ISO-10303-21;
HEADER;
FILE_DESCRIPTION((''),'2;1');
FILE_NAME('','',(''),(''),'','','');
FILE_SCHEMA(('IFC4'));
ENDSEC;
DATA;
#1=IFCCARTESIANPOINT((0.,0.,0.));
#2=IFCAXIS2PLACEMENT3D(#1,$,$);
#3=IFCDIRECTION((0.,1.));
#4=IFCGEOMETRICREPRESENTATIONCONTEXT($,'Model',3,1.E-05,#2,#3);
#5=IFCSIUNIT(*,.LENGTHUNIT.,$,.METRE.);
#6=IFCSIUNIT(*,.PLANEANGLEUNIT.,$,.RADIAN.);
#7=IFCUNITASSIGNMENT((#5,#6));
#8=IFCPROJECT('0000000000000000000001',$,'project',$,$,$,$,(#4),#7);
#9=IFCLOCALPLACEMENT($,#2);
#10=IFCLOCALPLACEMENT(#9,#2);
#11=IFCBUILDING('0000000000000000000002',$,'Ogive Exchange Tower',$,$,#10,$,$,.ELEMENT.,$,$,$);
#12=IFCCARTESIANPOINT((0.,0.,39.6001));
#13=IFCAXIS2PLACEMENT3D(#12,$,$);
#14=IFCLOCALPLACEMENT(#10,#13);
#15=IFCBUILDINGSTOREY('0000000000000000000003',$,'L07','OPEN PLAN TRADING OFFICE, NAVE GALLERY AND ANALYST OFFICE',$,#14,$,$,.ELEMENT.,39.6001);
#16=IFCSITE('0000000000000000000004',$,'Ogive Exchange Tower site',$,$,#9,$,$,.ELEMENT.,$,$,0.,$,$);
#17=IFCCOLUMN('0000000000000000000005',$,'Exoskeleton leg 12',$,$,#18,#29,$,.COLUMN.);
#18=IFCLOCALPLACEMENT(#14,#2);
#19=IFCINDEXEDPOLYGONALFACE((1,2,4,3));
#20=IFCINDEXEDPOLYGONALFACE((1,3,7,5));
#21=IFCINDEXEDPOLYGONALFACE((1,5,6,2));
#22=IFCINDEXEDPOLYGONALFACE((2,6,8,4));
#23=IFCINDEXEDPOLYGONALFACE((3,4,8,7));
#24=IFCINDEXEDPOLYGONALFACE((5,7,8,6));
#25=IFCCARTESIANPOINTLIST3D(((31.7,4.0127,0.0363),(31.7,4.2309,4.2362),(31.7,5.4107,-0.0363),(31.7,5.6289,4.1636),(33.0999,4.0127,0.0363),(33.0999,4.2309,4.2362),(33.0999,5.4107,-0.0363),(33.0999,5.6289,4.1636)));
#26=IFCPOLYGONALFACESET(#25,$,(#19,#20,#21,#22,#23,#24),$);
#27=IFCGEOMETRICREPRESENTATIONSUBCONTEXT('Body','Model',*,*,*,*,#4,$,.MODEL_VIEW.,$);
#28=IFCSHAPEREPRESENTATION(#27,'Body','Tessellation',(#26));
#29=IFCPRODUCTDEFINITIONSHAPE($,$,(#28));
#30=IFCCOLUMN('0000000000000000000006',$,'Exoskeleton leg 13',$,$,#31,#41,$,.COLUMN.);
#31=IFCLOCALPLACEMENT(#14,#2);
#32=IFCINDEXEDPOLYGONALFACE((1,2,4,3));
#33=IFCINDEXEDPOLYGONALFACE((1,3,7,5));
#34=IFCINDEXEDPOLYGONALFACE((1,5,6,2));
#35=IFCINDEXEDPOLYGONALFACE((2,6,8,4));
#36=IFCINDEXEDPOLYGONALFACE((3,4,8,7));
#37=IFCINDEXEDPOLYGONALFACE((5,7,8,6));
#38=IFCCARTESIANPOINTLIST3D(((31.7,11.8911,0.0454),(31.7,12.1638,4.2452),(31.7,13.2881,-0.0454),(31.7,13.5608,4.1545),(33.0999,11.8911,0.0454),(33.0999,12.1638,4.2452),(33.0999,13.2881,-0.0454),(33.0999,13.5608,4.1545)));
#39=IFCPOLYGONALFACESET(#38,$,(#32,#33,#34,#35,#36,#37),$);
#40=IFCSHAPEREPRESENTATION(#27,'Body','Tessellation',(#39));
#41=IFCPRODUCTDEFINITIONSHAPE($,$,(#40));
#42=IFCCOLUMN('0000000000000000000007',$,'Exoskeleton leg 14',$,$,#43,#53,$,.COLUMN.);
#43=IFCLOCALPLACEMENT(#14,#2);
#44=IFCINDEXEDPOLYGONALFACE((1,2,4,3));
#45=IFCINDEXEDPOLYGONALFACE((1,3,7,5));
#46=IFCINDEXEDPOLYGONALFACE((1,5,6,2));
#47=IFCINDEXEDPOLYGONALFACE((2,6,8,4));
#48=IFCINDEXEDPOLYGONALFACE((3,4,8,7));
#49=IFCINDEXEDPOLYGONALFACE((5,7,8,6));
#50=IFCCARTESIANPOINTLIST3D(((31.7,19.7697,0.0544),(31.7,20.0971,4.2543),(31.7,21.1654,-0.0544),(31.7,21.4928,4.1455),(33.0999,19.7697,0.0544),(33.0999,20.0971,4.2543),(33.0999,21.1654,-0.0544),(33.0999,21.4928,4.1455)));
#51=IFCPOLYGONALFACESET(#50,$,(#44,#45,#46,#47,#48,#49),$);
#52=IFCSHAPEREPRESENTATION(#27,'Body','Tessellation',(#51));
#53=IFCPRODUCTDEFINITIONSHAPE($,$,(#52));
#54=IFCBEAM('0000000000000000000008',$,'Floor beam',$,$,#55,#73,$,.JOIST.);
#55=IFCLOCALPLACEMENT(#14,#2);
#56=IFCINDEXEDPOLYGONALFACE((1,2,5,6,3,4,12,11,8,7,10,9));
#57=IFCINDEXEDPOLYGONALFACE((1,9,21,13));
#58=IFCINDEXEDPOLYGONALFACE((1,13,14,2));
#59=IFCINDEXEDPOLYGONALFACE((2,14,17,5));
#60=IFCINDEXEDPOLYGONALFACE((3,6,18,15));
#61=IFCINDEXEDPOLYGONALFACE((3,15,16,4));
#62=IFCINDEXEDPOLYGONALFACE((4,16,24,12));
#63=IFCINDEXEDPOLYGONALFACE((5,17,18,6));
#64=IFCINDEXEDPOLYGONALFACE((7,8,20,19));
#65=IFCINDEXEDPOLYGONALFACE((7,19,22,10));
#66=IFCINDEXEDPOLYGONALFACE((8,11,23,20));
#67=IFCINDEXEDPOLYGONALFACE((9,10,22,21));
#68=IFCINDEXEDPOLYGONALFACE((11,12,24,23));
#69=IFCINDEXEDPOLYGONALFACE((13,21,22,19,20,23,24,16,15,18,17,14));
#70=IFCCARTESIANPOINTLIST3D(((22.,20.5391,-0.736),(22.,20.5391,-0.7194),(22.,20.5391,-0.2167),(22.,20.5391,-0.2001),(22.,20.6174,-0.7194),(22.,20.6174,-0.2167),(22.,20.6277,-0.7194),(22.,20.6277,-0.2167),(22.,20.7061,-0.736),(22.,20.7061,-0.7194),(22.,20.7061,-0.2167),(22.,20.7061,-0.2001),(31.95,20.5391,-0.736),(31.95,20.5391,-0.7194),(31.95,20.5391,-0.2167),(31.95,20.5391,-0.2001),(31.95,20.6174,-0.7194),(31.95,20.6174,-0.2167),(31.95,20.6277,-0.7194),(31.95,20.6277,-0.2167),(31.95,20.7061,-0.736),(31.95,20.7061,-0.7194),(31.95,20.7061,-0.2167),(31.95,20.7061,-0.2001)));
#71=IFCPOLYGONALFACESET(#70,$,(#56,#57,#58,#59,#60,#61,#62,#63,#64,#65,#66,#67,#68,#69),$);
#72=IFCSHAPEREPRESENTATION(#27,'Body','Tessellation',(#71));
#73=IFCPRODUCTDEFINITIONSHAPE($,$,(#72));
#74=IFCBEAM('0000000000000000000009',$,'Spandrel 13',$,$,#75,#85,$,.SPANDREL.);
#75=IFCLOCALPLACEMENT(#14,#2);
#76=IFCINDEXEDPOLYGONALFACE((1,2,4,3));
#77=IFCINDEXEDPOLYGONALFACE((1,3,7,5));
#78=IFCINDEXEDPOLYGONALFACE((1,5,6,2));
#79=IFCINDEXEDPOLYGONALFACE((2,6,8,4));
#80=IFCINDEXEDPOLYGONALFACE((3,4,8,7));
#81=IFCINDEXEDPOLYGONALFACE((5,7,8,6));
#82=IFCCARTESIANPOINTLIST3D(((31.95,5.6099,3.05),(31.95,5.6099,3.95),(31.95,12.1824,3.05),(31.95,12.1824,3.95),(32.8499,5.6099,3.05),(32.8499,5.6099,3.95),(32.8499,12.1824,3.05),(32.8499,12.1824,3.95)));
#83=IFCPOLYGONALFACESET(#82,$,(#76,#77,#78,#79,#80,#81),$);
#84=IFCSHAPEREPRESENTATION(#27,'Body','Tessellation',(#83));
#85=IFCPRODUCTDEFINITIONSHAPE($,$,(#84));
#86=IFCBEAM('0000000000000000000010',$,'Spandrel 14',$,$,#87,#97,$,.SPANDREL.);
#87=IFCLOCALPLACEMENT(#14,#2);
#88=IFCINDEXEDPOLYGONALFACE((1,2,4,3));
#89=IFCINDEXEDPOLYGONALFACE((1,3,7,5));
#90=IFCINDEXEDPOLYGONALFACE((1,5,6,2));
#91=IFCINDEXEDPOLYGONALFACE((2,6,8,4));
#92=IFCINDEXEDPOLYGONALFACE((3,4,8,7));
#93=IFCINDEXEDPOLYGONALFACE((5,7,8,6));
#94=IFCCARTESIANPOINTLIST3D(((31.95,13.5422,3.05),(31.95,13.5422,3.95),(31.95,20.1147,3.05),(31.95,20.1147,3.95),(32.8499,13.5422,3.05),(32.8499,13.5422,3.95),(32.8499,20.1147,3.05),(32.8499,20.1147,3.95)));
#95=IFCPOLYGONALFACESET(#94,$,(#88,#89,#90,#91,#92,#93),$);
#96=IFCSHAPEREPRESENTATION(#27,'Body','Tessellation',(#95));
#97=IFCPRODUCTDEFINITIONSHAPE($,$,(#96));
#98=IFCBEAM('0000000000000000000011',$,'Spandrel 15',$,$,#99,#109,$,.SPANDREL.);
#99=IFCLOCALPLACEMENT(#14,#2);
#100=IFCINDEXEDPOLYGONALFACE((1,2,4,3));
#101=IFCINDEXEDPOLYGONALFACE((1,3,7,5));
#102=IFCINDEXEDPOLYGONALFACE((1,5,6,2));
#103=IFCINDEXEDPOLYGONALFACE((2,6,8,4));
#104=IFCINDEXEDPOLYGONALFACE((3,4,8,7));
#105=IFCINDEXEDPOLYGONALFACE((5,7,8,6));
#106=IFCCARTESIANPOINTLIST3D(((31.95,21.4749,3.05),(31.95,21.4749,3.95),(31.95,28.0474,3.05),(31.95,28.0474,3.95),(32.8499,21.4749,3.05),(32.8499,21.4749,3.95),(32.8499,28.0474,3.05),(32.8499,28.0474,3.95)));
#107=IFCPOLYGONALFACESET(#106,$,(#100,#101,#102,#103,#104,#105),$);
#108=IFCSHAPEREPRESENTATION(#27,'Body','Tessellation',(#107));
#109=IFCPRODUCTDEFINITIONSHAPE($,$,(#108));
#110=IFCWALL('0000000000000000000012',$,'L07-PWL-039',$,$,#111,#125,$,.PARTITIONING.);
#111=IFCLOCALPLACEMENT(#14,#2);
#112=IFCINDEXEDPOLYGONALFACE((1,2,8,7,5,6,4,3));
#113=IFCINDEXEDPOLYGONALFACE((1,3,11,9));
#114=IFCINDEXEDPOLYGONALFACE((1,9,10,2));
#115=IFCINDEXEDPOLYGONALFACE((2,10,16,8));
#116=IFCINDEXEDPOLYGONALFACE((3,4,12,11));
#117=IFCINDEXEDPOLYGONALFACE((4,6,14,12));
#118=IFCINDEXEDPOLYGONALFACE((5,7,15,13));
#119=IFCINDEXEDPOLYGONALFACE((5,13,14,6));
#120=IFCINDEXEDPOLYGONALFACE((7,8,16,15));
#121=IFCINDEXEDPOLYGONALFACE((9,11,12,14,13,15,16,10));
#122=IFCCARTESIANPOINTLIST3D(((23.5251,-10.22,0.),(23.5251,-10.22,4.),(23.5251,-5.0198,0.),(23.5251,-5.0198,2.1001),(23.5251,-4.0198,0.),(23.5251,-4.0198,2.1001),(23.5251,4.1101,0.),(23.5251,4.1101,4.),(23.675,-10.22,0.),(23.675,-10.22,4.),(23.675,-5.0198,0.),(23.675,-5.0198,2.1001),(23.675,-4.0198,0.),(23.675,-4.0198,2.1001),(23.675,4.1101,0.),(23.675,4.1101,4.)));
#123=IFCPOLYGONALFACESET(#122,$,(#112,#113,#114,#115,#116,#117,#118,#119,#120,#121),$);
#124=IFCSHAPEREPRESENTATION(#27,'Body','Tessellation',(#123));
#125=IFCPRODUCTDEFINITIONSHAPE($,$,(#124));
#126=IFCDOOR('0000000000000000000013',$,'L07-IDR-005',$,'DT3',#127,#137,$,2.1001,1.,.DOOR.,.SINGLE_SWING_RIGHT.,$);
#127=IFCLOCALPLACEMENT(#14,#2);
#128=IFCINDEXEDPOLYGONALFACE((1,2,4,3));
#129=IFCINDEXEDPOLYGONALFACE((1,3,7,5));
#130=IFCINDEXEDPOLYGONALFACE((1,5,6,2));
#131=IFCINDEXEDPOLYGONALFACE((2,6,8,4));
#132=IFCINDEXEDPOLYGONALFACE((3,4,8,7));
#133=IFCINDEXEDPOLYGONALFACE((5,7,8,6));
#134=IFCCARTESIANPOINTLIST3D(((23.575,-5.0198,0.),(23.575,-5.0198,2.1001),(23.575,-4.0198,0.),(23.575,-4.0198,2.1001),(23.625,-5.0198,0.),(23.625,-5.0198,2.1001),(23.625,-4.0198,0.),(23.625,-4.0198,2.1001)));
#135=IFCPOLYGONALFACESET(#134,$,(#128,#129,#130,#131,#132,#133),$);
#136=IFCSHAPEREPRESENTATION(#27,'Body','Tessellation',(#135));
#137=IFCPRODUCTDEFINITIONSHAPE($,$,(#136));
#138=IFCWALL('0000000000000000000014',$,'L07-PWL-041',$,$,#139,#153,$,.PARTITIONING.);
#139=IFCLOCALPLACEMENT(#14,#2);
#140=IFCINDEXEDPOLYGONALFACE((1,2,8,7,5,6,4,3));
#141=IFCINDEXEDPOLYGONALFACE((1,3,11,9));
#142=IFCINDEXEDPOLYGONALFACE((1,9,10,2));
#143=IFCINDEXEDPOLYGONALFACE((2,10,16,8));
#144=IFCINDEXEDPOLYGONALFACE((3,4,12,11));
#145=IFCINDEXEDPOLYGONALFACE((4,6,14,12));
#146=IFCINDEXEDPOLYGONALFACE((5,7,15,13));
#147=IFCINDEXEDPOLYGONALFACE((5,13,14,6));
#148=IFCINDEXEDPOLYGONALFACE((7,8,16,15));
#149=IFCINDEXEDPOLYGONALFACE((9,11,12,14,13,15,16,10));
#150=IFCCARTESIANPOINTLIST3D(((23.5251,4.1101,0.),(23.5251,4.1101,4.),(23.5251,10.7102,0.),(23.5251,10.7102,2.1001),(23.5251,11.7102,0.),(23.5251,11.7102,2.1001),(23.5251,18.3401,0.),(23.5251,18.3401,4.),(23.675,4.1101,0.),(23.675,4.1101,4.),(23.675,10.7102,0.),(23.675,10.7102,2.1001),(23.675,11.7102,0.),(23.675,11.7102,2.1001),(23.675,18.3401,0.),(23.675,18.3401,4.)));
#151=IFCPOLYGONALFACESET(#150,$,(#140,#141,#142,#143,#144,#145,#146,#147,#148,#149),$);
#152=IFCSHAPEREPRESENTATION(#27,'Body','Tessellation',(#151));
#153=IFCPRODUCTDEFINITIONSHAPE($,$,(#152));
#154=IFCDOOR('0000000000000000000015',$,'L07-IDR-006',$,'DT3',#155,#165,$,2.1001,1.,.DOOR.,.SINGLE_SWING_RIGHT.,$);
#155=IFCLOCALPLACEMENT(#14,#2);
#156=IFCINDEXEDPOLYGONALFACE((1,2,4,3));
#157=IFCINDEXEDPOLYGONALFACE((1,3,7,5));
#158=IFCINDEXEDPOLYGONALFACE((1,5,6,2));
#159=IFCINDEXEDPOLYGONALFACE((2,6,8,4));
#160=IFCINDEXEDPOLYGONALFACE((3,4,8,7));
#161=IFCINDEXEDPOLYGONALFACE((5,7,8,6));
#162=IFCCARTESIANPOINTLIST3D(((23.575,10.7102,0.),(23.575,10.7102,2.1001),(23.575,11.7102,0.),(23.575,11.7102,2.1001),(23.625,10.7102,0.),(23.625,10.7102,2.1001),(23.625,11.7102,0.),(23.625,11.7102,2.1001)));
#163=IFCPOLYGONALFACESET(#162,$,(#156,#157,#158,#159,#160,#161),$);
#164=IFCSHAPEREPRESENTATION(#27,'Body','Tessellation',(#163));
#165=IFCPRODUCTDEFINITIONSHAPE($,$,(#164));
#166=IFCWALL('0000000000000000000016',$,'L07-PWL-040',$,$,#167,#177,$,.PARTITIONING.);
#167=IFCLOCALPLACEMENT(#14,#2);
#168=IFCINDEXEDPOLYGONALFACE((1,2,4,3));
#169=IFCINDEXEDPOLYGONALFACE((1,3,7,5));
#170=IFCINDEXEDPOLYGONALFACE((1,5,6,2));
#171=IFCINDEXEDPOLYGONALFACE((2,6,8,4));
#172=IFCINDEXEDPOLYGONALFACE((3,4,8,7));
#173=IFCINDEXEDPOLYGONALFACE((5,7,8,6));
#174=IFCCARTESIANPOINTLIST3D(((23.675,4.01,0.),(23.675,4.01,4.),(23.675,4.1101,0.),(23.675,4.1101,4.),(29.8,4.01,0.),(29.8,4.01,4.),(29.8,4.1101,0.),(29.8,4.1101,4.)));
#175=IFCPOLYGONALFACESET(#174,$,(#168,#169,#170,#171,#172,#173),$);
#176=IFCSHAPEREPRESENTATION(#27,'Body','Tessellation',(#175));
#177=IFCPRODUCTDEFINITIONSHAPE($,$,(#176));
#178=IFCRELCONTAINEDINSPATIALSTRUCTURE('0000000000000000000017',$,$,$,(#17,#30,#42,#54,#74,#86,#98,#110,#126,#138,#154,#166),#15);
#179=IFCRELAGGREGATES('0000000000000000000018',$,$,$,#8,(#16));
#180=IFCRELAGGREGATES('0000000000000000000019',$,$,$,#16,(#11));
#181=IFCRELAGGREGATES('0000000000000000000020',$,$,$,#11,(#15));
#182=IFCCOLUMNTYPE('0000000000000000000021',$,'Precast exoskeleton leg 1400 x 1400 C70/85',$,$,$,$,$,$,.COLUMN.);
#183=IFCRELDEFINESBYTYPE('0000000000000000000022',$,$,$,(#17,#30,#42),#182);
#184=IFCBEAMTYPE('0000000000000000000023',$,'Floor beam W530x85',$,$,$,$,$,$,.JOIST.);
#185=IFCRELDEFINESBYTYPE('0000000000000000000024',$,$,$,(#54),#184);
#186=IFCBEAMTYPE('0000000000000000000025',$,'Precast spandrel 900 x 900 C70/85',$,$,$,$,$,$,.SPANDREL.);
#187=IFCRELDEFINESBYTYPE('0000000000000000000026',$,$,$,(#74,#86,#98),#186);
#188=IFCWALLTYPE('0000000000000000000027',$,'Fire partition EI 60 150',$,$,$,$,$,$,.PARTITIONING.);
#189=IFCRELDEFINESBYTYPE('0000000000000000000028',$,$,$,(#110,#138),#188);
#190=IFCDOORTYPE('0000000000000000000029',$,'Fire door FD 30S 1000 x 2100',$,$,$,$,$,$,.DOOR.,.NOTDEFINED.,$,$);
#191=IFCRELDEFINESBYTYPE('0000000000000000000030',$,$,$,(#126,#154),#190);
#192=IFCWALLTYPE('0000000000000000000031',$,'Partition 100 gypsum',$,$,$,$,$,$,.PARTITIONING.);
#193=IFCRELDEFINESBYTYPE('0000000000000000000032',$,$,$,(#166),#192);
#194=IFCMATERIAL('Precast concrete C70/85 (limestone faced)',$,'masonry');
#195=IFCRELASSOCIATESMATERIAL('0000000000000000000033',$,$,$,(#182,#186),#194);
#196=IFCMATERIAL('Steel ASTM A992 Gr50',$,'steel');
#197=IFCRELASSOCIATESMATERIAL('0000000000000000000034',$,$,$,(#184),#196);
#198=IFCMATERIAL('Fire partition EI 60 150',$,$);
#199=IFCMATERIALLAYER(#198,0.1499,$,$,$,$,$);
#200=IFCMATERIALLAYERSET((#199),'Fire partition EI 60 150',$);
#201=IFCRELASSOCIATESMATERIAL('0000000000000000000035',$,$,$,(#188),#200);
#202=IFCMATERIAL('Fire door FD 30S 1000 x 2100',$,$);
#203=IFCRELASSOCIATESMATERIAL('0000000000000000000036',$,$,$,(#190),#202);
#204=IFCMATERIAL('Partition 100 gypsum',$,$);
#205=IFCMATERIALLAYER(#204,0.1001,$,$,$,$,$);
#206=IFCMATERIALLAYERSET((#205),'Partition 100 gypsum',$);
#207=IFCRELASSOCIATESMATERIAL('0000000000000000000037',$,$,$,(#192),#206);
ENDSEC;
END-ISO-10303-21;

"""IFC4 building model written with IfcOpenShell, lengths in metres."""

from ifc_helpers import new_model, si_unit, direction, frame, frame_2d, origin, origin_2d, place, context, subcontext, project, spatial, rectangle, i_section, extrude, material, layer, layer_set, material_profile, profile_set, type_object, element, fill, save


model = new_model("IFC4")

# Units and contexts
model_context = context("Model", 3, precision=1e-05, world=origin(), true_north=direction((0.0, 1.0)))
body_context = subcontext(model_context, "Body", "Model", "MODEL_VIEW")
ifc_project = project(units=[si_unit("LENGTHUNIT", "METRE"), si_unit("PLANEANGLEUNIT", "RADIAN")], contexts=[model_context])

# Site, building, storey
site_placement = place(None, origin())
site = spatial("IfcSite", under=ifc_project, at=site_placement, Name="Ogive Exchange Tower site", CompositionType="ELEMENT", RefElevation=0.0)
building_placement = place(site_placement, origin())
building = spatial("IfcBuilding", under=site, at=building_placement, Name="Ogive Exchange Tower", CompositionType="ELEMENT")
storey_placement = place(building_placement, frame((0.0, 0.0, 39.6001)))
storey = spatial("IfcBuildingStorey", under=building, at=storey_placement, Name="L07", Description="OPEN PLAN TRADING OFFICE, NAVE GALLERY AND ANALYST OFFICE", CompositionType="ELEMENT", Elevation=39.6001)

# Columns
ifc_material_1 = material(Name="Precast concrete C70/85 (limestone faced)", Category="masonry")
ifc_material_profile_1 = material_profile(ifc_material_1, rectangle(XDim=1.3999, YDim=1.3999, at=origin_2d()), Name="1400 x 1400")
ifc_profile_set_1 = profile_set([ifc_material_profile_1], Name="Precast concrete C70/85 (limestone faced)")
column_type = type_object("IfcColumnType", Name="Precast exoskeleton leg 1400 x 1400 C70/85", PredefinedType="COLUMN", material=ifc_profile_set_1)
column_1_placement = place(storey_placement, frame((32.3999, 4.7117, 0.0), z_axis=(0.0, 0.051898, 0.998652), x_axis=(-1.0, 0.0, 0.0)))
element("IfcColumn", 1, at=column_1_placement, inside=storey, type_object=column_type, Name="Exoskeleton leg 12", PredefinedType="COLUMN", context=body_context, shape_type="SweptSolid", body=[
    extrude(rectangle(XDim=1.3999, YDim=1.3999, at=origin_2d()), origin(), (0.0, 0.0, 1.0), 4.2056),
])
column_2_placement = place(storey_placement, frame((32.3999, 12.5896, 0.0), z_axis=(0.0, 0.064794, 0.997899), x_axis=(-1.0, 0.0, 0.0)))
element("IfcColumn", 2, at=column_2_placement, inside=storey, type_object=column_type, Name="Exoskeleton leg 13", PredefinedType="COLUMN", context=body_context, shape_type="SweptSolid", body=[
    extrude(rectangle(XDim=1.3999, YDim=1.3999, at=origin_2d()), origin(), (0.0, 0.0, 1.0), 4.2087),
])
column_3_placement = place(storey_placement, frame((32.3999, 20.4675, 0.0), z_axis=(0.0, 0.077716, 0.996976), x_axis=(-1.0, 0.0, 0.0)))
element("IfcColumn", 3, at=column_3_placement, inside=storey, type_object=column_type, Name="Exoskeleton leg 14", PredefinedType="COLUMN", context=body_context, shape_type="SweptSolid", body=[
    extrude(rectangle(XDim=1.3999, YDim=1.3999, at=origin_2d()), origin(), (0.0, 0.0, 1.0), 4.2126),
])

# Beams
ifc_material_2 = material(Name="Steel ASTM A992 Gr50", Category="steel")
ifc_material_profile_2 = material_profile(ifc_material_2, i_section(OverallWidth=0.167, OverallDepth=0.5359, WebThickness=0.0103, FlangeThickness=0.0166, at=origin_2d()), Name="W530x85")
ifc_profile_set_2 = profile_set([ifc_material_profile_2], Name="Steel ASTM A992 Gr50")
beam_type_1 = type_object("IfcBeamType", Name="Floor beam W530x85", PredefinedType="JOIST", material=ifc_profile_set_2)
beam_placement = place(storey_placement, frame((22.0, 20.6226, -0.468), z_axis=(1.0, 0.0, 0.0), x_axis=(0.0, 1.0, 0.0)))
element("IfcBeam", 4, at=beam_placement, inside=storey, type_object=beam_type_1, Name="Floor beam", PredefinedType="JOIST", context=body_context, shape_type="SweptSolid", body=[
    extrude(i_section(OverallWidth=0.167, OverallDepth=0.5359, WebThickness=0.0103, FlangeThickness=0.0166, at=origin_2d()), origin(), (0.0, 0.0, 1.0), 9.95),
])
ifc_material_profile_3 = material_profile(ifc_material_1, rectangle(XDim=0.8999, YDim=0.8999, at=origin_2d()), Name="900 x 900")
ifc_profile_set_3 = profile_set([ifc_material_profile_3], Name="Precast concrete C70/85 (limestone faced)")
beam_type_2 = type_object("IfcBeamType", Name="Precast spandrel 900 x 900 C70/85", PredefinedType="SPANDREL", material=ifc_profile_set_3)
for number, where, z_axis, x_axis, name in (
    (5, (32.3999, 5.6099, 3.5), (0.0, 1.0, 0.0), (-1.0, 0.0, 0.0), "Spandrel 13"),
    (6, (32.3999, 13.5422, 3.5), (0.0, 1.0, 0.0), (-1.0, 0.0, 0.0), "Spandrel 14"),
    (7, (32.3999, 21.4749, 3.5), (0.0, 1.0, 0.0), (-1.0, 0.0, 0.0), "Spandrel 15"),
):
    element("IfcBeam", number, at=place(storey_placement, frame(where, z_axis=z_axis, x_axis=x_axis)), inside=storey, type_object=beam_type_2, Name=name, PredefinedType="SPANDREL", context=body_context, shape_type="SweptSolid", body=[
        extrude(rectangle(XDim=0.8999, YDim=0.8999, at=origin_2d()), origin(), (0.0, 0.0, 1.0), 6.5725),
    ])

# Walls, openings, doors
ifc_material_3 = material(Name="Fire partition EI 60 150")
ifc_layer_1 = layer(ifc_material_3, 0.1499)
ifc_layer_set_1 = layer_set([ifc_layer_1], Name="Fire partition EI 60 150")
wall_type_1 = type_object("IfcWallType", Name="Fire partition EI 60 150", PredefinedType="PARTITIONING", material=ifc_layer_set_1)
wall_1_placement = place(storey_placement, frame((23.6001, 4.1101, 0.0), z_axis=(0.0, 0.0, 1.0), x_axis=(0.0, -1.0, 0.0)))
wall_1 = element("IfcWall", 8, at=wall_1_placement, inside=storey, type_object=wall_type_1, Name="L07-PWL-039", PredefinedType="PARTITIONING", context=body_context, shape_type="SweptSolid", body=[
    extrude(rectangle(XDim=14.3301, YDim=0.1499, at=frame_2d((7.165, 0.0))), origin(), (0.0, 0.0, 1.0), 4.0),
])
opening_1_placement = place(wall_1_placement, frame((8.1299, 0.0, 0.0)))
opening_1 = element("IfcOpeningElement", 9, at=opening_1_placement, cuts=wall_1, PredefinedType="OPENING", context=body_context, shape_type="SweptSolid", body=[
    extrude(rectangle(XDim=1.0, YDim=2.1001, at=frame_2d((0.5, 1.05))), frame((0.0, 0.085, 0.0), z_axis=(0.0, -1.0, 0.0), x_axis=(1.0, 0.0, 0.0)), (0.0, 0.0, 1.0), 0.1699),
])
ifc_material_4 = material(Name="Fire door FD 30S 1000 x 2100")
door_type = type_object("IfcDoorType", Name="Fire door FD 30S 1000 x 2100", OperationType="NOTDEFINED", PredefinedType="DOOR", material=ifc_material_4)
door_1_placement = place(opening_1_placement, origin())
door_1 = element("IfcDoor", 10, at=door_1_placement, inside=storey, type_object=door_type, Name="L07-IDR-005", ObjectType="DT3", OperationType="SINGLE_SWING_RIGHT", OverallHeight=2.1001, OverallWidth=1.0, PredefinedType="DOOR", context=body_context, shape_type="SweptSolid", body=[
    extrude(rectangle(XDim=1.0, YDim=2.1001, at=frame_2d((0.5, 1.05))), frame((0.0, 0.0249, 0.0), z_axis=(0.0, -1.0, 0.0), x_axis=(1.0, 0.0, 0.0)), (0.0, 0.0, 1.0), 0.05),
])
fill(opening_1, door_1)
wall_2_placement = place(storey_placement, frame((23.6001, 18.3401, 0.0), z_axis=(0.0, 0.0, 1.0), x_axis=(0.0, -1.0, 0.0)))
wall_2 = element("IfcWall", 11, at=wall_2_placement, inside=storey, type_object=wall_type_1, Name="L07-PWL-041", PredefinedType="PARTITIONING", context=body_context, shape_type="SweptSolid", body=[
    extrude(rectangle(XDim=14.23, YDim=0.1499, at=frame_2d((7.115, 0.0))), origin(), (0.0, 0.0, 1.0), 4.0),
])
opening_2_placement = place(wall_2_placement, frame((6.6299, 0.0, 0.0)))
opening_2 = element("IfcOpeningElement", 12, at=opening_2_placement, cuts=wall_2, PredefinedType="OPENING", context=body_context, shape_type="SweptSolid", body=[
    extrude(rectangle(XDim=1.0, YDim=2.1001, at=frame_2d((0.5, 1.05))), frame((0.0, 0.085, 0.0), z_axis=(0.0, -1.0, 0.0), x_axis=(1.0, 0.0, 0.0)), (0.0, 0.0, 1.0), 0.1699),
])
door_2_placement = place(opening_2_placement, origin())
door_2 = element("IfcDoor", 13, at=door_2_placement, inside=storey, type_object=door_type, Name="L07-IDR-006", ObjectType="DT3", OperationType="SINGLE_SWING_RIGHT", OverallHeight=2.1001, OverallWidth=1.0, PredefinedType="DOOR", context=body_context, shape_type="SweptSolid", body=[
    extrude(rectangle(XDim=1.0, YDim=2.1001, at=frame_2d((0.5, 1.05))), frame((0.0, 0.0249, 0.0), z_axis=(0.0, -1.0, 0.0), x_axis=(1.0, 0.0, 0.0)), (0.0, 0.0, 1.0), 0.05),
])
fill(opening_2, door_2)

# Wall
ifc_material_5 = material(Name="Partition 100 gypsum")
ifc_layer_2 = layer(ifc_material_5, 0.1001)
ifc_layer_set_2 = layer_set([ifc_layer_2], Name="Partition 100 gypsum")
wall_type_2 = type_object("IfcWallType", Name="Partition 100 gypsum", PredefinedType="PARTITIONING", material=ifc_layer_set_2)
for number, where, z_axis, x_axis, name in (
    (14, (23.675, 4.0601, 0.0), (0.0, 0.0, 1.0), (1.0, 0.0, 0.0), "L07-PWL-040"),
):
    element("IfcWall", number, at=place(storey_placement, frame(where, z_axis=z_axis, x_axis=x_axis)), inside=storey, type_object=wall_type_2, Name=name, PredefinedType="PARTITIONING", context=body_context, shape_type="SweptSolid", body=[
        extrude(rectangle(XDim=6.125, YDim=0.1001, at=frame_2d((3.0625, 0.0))), origin(), (0.0, 0.0, 1.0), 4.0),
    ])

save(model, "model.ifc")
